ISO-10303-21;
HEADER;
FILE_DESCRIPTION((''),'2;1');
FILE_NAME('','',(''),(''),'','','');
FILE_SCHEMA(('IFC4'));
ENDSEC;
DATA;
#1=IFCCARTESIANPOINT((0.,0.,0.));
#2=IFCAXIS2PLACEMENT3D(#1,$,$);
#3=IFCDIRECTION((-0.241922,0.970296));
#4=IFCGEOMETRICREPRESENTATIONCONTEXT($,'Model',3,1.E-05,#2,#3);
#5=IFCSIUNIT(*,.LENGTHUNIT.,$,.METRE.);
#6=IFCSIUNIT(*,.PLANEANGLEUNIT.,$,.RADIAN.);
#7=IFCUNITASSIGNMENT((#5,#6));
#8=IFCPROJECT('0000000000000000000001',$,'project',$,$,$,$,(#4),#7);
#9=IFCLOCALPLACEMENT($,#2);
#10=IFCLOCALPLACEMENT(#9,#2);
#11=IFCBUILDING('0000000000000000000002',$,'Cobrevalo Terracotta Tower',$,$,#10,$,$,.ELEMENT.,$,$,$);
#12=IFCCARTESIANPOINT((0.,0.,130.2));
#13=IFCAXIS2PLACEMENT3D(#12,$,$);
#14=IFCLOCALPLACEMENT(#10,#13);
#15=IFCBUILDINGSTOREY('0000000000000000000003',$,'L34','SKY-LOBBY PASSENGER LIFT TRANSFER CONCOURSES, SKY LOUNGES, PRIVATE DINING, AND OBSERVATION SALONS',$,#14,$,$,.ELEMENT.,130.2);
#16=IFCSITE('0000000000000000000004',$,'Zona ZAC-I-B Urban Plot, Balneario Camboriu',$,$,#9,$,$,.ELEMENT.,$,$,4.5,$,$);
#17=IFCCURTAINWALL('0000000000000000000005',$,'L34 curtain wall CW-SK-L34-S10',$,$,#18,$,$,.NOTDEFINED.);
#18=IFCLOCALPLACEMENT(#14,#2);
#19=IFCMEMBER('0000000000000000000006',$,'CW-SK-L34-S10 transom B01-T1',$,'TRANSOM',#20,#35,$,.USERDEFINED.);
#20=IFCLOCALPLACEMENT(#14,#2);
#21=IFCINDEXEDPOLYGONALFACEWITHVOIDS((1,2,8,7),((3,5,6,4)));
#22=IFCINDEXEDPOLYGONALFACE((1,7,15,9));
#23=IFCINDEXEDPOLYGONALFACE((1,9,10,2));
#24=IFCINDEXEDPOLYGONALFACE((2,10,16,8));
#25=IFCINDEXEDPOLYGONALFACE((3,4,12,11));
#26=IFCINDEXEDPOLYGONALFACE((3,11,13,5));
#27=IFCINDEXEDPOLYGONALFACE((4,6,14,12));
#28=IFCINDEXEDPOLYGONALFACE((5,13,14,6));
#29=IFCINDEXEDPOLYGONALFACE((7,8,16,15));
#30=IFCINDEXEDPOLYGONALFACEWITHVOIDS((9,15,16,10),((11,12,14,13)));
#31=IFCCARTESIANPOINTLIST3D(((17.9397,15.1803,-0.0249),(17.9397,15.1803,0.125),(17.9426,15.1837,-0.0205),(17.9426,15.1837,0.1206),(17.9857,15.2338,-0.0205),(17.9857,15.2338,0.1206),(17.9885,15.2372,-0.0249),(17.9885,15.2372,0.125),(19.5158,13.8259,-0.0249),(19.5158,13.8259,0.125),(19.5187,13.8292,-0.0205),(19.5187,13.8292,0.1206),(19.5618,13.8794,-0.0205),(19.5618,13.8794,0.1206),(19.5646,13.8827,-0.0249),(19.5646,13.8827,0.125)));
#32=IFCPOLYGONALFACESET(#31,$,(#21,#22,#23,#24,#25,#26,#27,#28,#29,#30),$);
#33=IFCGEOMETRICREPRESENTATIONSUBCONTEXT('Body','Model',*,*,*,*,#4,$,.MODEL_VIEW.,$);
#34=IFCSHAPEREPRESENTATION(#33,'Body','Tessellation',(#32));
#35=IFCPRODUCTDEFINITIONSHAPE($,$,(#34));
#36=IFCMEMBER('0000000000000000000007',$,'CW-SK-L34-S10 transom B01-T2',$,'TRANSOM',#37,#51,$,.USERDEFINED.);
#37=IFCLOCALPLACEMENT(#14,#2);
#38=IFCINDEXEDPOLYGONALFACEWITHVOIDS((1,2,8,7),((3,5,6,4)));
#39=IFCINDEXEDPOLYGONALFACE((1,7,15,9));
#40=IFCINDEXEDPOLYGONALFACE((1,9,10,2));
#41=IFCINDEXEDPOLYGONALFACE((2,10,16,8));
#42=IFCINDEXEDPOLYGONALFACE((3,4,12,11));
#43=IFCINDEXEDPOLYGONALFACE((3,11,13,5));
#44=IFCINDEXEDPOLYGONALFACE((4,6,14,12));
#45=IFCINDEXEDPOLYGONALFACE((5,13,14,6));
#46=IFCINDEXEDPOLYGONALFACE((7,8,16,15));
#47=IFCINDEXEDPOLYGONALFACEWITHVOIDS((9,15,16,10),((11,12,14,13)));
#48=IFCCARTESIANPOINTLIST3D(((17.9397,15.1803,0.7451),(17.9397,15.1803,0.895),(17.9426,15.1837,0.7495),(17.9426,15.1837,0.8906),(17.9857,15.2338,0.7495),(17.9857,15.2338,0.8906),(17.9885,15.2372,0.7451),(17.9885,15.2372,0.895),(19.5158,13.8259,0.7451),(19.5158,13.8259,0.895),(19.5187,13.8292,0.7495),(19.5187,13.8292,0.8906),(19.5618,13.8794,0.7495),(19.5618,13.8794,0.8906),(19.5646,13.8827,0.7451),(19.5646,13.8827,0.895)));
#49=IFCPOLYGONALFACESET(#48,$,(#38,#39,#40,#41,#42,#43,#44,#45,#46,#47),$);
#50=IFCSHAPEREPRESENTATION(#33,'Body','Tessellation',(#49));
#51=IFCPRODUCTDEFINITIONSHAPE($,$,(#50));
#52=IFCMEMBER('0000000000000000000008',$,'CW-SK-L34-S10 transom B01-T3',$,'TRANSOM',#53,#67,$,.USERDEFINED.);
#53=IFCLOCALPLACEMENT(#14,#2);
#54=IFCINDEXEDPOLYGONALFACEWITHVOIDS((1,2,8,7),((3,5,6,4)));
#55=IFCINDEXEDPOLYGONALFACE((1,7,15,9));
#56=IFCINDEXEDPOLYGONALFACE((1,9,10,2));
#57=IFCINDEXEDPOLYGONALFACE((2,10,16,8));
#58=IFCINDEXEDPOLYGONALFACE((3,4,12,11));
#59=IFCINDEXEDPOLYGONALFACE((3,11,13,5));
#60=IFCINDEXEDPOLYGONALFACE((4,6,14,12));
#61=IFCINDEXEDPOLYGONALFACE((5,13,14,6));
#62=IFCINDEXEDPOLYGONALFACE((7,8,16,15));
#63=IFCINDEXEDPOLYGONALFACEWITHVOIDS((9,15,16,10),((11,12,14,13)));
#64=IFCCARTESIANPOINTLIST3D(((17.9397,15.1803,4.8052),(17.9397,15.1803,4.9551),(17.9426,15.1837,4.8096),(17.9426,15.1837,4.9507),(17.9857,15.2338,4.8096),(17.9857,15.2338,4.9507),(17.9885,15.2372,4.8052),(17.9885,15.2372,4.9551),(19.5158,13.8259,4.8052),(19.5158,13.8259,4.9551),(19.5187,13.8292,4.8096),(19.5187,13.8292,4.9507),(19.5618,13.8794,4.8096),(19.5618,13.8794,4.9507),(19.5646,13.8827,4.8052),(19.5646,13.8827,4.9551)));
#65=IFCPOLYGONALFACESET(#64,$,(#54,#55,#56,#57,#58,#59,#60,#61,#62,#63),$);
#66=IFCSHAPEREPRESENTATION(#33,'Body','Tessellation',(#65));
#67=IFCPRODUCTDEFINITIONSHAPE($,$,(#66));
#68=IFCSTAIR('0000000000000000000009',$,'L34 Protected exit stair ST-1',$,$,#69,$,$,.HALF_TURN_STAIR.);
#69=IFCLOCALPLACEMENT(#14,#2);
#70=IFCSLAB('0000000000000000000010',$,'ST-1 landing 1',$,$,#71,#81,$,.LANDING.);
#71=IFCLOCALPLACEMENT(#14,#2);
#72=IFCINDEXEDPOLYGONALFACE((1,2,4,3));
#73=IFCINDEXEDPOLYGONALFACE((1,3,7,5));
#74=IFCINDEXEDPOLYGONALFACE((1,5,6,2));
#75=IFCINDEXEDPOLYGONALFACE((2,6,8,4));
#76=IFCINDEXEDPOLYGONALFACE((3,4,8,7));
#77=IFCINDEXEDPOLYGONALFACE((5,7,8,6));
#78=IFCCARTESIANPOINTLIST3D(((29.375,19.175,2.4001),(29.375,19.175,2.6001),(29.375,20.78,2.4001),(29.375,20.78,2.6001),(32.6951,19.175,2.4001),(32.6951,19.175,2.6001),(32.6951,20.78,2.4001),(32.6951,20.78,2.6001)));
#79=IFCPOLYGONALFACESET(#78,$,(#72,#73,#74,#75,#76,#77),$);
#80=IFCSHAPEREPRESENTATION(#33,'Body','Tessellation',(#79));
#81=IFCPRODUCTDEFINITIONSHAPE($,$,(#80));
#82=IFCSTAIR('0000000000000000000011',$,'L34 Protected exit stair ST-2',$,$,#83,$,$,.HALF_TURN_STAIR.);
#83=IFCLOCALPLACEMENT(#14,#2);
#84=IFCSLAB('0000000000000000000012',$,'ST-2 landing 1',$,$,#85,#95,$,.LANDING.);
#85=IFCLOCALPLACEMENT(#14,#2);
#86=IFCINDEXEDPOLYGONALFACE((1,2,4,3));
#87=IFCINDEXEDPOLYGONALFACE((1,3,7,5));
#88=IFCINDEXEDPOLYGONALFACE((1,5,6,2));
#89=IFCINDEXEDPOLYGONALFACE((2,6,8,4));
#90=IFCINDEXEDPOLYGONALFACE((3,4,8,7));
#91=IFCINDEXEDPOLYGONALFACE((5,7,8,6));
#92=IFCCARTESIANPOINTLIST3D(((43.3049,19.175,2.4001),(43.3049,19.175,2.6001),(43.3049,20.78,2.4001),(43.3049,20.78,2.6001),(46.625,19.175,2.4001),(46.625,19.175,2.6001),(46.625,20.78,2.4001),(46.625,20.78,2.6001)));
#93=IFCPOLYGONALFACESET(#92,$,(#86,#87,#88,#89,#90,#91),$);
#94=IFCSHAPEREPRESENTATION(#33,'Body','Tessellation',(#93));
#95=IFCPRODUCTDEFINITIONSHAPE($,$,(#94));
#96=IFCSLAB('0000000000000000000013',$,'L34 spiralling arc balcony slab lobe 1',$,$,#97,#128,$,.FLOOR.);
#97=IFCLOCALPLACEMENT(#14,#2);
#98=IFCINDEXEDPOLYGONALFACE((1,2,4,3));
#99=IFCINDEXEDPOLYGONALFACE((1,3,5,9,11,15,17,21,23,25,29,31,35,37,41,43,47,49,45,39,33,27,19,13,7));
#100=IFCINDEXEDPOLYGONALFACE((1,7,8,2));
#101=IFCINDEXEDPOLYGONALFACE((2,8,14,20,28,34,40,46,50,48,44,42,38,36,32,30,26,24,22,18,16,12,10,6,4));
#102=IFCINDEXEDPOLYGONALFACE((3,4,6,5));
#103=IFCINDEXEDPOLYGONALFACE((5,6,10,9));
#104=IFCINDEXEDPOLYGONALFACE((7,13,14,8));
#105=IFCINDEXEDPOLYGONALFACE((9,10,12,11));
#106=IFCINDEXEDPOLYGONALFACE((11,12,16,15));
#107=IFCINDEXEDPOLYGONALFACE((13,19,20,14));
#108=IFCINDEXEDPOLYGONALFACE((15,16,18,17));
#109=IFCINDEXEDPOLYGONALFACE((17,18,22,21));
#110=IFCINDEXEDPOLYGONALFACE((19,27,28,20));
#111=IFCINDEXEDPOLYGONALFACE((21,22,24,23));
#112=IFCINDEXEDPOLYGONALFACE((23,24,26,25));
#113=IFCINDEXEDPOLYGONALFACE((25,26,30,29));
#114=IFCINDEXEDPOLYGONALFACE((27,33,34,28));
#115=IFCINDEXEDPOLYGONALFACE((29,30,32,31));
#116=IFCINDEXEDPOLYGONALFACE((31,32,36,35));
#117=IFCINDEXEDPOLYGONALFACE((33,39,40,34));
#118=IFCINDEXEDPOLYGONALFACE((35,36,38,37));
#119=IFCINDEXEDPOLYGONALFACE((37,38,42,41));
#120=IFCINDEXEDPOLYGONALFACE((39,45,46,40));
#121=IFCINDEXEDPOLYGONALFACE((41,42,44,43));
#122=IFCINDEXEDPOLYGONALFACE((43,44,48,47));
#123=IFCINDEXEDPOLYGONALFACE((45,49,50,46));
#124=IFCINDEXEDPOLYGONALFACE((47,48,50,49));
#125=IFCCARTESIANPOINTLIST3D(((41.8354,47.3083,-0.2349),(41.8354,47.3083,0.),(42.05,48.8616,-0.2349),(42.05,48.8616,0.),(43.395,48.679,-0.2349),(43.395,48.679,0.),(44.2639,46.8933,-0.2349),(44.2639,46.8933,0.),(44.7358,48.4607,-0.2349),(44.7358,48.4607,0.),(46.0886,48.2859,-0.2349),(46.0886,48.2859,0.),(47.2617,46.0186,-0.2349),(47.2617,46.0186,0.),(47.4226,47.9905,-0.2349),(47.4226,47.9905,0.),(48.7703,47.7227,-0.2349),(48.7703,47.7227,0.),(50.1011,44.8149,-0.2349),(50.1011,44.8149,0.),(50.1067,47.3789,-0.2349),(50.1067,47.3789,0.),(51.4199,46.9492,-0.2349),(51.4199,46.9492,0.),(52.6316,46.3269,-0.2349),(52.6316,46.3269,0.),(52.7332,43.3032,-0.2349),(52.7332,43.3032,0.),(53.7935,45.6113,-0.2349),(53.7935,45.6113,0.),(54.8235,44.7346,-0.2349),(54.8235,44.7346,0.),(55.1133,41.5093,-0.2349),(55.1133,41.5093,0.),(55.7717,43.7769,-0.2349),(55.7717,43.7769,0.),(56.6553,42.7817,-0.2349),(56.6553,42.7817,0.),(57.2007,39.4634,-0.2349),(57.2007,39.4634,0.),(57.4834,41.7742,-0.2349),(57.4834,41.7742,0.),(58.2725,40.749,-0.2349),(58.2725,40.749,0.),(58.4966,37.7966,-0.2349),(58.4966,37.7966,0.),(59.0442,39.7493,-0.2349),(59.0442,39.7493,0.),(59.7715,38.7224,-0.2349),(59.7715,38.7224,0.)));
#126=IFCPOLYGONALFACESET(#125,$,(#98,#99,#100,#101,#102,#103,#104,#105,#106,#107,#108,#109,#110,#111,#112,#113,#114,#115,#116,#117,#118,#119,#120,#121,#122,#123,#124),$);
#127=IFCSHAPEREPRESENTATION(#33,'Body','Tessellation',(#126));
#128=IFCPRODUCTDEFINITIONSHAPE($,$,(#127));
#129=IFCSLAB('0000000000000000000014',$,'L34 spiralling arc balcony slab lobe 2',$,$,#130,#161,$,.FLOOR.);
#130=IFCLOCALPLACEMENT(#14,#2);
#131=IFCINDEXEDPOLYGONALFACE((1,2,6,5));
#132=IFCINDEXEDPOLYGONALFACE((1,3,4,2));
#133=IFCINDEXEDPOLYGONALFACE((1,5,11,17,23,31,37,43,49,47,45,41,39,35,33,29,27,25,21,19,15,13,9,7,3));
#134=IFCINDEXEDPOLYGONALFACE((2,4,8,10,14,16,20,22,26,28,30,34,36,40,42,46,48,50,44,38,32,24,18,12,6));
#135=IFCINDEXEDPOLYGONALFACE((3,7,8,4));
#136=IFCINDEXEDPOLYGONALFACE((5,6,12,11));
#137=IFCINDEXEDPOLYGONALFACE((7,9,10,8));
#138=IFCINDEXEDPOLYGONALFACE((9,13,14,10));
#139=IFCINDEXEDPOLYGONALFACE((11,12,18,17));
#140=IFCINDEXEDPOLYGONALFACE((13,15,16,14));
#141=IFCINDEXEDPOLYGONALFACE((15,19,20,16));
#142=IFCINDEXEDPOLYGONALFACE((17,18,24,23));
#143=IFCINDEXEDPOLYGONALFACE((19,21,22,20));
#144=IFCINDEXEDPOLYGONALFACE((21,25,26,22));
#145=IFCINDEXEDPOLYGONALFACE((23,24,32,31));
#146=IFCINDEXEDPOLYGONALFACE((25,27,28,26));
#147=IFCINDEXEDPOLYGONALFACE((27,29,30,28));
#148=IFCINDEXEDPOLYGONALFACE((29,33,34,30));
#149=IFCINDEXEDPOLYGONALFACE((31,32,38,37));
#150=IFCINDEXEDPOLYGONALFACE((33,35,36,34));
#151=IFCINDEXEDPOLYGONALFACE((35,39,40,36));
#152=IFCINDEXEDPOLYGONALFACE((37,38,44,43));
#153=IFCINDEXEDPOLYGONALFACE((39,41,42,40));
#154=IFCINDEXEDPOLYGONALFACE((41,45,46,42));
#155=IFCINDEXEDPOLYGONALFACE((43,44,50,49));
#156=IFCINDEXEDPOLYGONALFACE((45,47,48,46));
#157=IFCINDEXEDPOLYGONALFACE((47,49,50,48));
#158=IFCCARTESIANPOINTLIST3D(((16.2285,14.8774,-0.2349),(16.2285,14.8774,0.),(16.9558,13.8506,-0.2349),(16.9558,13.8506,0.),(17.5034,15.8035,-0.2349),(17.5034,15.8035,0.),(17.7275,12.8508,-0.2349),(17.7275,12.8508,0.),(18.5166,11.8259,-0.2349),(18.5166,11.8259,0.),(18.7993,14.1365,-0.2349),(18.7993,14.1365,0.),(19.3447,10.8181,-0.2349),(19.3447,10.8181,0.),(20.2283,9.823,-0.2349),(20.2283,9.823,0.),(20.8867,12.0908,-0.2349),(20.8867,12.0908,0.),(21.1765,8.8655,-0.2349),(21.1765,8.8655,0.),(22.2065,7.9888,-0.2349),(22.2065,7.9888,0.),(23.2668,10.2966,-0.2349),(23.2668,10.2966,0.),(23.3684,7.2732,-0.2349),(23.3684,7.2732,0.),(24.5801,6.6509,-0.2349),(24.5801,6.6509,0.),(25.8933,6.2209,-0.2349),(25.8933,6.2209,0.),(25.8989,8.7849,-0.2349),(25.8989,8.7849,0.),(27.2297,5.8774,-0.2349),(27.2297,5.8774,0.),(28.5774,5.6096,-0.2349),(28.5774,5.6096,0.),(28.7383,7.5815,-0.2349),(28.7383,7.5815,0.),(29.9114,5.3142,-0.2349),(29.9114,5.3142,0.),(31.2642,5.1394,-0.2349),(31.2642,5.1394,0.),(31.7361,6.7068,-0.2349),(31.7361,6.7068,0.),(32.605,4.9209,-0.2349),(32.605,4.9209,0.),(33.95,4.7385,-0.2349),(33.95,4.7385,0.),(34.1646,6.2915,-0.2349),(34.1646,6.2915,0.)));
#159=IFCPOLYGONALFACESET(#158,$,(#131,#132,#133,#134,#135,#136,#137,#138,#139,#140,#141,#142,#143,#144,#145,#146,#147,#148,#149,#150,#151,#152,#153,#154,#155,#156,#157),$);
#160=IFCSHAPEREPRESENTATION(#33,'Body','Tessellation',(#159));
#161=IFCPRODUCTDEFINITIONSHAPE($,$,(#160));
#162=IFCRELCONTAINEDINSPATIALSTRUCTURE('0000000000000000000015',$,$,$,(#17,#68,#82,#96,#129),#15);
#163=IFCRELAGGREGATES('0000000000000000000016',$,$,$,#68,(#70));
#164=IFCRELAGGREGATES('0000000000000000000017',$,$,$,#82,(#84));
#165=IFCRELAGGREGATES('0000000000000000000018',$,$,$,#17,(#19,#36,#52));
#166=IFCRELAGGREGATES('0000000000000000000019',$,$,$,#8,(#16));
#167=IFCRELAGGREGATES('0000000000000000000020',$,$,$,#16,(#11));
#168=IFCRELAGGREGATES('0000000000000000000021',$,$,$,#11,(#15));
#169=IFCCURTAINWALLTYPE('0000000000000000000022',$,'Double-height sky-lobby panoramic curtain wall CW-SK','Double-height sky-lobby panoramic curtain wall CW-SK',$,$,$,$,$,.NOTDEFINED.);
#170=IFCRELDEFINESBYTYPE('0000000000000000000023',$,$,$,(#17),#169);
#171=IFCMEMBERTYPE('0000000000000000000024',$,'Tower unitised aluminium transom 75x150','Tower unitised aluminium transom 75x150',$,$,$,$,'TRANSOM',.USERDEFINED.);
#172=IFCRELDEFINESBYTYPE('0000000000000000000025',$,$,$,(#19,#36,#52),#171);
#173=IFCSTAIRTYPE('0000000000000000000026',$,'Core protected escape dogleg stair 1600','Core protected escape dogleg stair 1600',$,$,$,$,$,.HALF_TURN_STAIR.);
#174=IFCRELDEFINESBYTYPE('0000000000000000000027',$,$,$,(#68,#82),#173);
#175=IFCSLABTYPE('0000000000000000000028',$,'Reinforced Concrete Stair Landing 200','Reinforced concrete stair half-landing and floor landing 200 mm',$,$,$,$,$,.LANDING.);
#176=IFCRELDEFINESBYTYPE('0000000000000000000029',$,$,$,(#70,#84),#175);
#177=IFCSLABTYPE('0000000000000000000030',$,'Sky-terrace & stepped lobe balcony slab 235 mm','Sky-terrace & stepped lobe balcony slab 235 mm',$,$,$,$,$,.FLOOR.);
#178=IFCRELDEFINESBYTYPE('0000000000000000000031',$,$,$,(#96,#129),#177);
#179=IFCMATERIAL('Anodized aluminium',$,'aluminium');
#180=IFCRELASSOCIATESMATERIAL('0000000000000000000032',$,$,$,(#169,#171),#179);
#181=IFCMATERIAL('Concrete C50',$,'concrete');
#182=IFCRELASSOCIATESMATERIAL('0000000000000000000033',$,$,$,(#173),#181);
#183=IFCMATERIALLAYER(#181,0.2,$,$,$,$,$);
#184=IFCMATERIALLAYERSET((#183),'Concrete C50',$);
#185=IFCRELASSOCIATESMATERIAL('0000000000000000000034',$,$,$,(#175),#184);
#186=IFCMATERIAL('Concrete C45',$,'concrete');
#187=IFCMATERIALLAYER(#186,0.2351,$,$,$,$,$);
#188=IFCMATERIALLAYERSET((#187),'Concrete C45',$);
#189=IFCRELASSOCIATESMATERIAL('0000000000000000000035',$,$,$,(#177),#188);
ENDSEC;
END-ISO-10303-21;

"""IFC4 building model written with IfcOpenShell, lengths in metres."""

from ifc_helpers import new_model, si_unit, direction, frame, origin, origin_2d, place, context, subcontext, project, spatial, polyline, hollow_rectangle, outline, extrude, source, transform, mapped, material, layer, layer_set, material_profile, profile_set, type_object, element, aggregate, save


model = new_model("IFC4")

# Units and contexts
model_context = context("Model", 3, precision=1e-05, world=origin(), true_north=direction((-0.241922, 0.970296)))
body_context = subcontext(model_context, "Body", "Model", "MODEL_VIEW")
ifc_project = project(units=[si_unit("LENGTHUNIT", "METRE"), si_unit("PLANEANGLEUNIT", "RADIAN")], contexts=[model_context])

# Site, building, storey
site_placement = place(None, origin())
site = spatial("IfcSite", under=ifc_project, at=site_placement, Name="Zona ZAC-I-B Urban Plot, Balneario Camboriu", CompositionType="ELEMENT", RefElevation=4.5)
building_placement = place(site_placement, origin())
building = spatial("IfcBuilding", under=site, at=building_placement, Name="Cobrevalo Terracotta Tower", CompositionType="ELEMENT")
storey_placement = place(building_placement, frame((0.0, 0.0, 130.2)))
storey = spatial("IfcBuildingStorey", under=building, at=storey_placement, Name="L34", Description="SKY-LOBBY PASSENGER LIFT TRANSFER CONCOURSES, SKY LOUNGES, PRIVATE DINING, AND OBSERVATION SALONS", CompositionType="ELEMENT", Elevation=130.2)

# Shared definitions
ifc_material_1 = material(Name="Anodized aluminium", Category="aluminium")
curtain_wall_type = type_object("IfcCurtainWallType", Name="Double-height sky-lobby panoramic curtain wall CW-SK", Description="Double-height sky-lobby panoramic curtain wall CW-SK", PredefinedType="NOTDEFINED", material=ifc_material_1)

# Curtain wall, members
curtain_wall_1_placement = place(storey_placement, origin())
curtain_wall_1 = element("IfcCurtainWall", 1, at=curtain_wall_1_placement, inside=storey, type_object=curtain_wall_type, Name="L34 curtain wall CW-SK-L34-S10", PredefinedType="NOTDEFINED")
ifc_material_profile_1 = material_profile(ifc_material_1, hollow_rectangle(XDim=0.075, YDim=0.1499, WallThickness=0.0044, at=origin_2d()), Name="CWT 75x150")
ifc_profile_set_1 = profile_set([ifc_material_profile_1], Name="Anodized aluminium")
member_type_1 = type_object("IfcMemberType", Name="Tower unitised aluminium transom 75x150", Description="Tower unitised aluminium transom 75x150", ElementType="TRANSOM", PredefinedType="USERDEFINED", material=ifc_profile_set_1)
shared_shape_1 = source(origin(), body_context, "Body", "SweptSolid", [
    extrude(hollow_rectangle(XDim=0.075, YDim=0.1499, WallThickness=0.0044, at=origin_2d()), origin(), (0.0, 0.0, 1.0), 2.0781),
])
member_1_placement = place(storey_placement, frame((17.9641, 15.2087, 0.05), z_axis=(0.758427, -0.651758, 0.0), x_axis=(0.651758, 0.758427, 0.0)))
member_1 = element("IfcMember", 2, at=member_1_placement, type_object=member_type_1, Name="CW-SK-L34-S10 transom B01-T1", ObjectType="TRANSOM", PredefinedType="USERDEFINED", context=body_context, shape_type="MappedRepresentation", body=[
    mapped(shared_shape_1, transform((0.0, 0.0, 0.0), scale=1.0)),
])
member_2_placement = place(storey_placement, frame((17.9641, 15.2087, 0.8201), z_axis=(0.758427, -0.651758, 0.0), x_axis=(0.651758, 0.758427, 0.0)))
member_2 = element("IfcMember", 3, at=member_2_placement, type_object=member_type_1, Name="CW-SK-L34-S10 transom B01-T2", ObjectType="TRANSOM", PredefinedType="USERDEFINED", context=body_context, shape_type="MappedRepresentation", body=[
    mapped(shared_shape_1, transform((0.0, 0.0, 0.0), scale=1.0)),
])
member_3_placement = place(storey_placement, frame((17.9641, 15.2087, 4.8801), z_axis=(0.758427, -0.651758, 0.0), x_axis=(0.651758, 0.758427, 0.0)))
member_3 = element("IfcMember", 4, at=member_3_placement, type_object=member_type_1, Name="CW-SK-L34-S10 transom B01-T3", ObjectType="TRANSOM", PredefinedType="USERDEFINED", context=body_context, shape_type="MappedRepresentation", body=[
    mapped(shared_shape_1, transform((0.0, 0.0, 0.0), scale=1.0)),
])

# Stairs, slabs
ifc_material_2 = material(Name="Concrete C50", Category="concrete")
stair_type = type_object("IfcStairType", Name="Core protected escape dogleg stair 1600", Description="Core protected escape dogleg stair 1600", PredefinedType="HALF_TURN_STAIR", material=ifc_material_2)
stair_1_placement = place(storey_placement, origin())
stair_1 = element("IfcStair", 5, at=stair_1_placement, inside=storey, type_object=stair_type, Name="L34 Protected exit stair ST-1", PredefinedType="HALF_TURN_STAIR")
ifc_layer_1 = layer(ifc_material_2, 0.2)
ifc_layer_set_1 = layer_set([ifc_layer_1], Name="Concrete C50")
slab_type_1 = type_object("IfcSlabType", Name="Reinforced Concrete Stair Landing 200", Description="Reinforced concrete stair half-landing and floor landing 200 mm", PredefinedType="LANDING", material=ifc_layer_set_1)
slab_1_placement = place(storey_placement, frame((0.0, 0.0, 2.4001)))
slab_1 = element("IfcSlab", 6, at=slab_1_placement, type_object=slab_type_1, Name="ST-1 landing 1", PredefinedType="LANDING", context=body_context, shape_type="SweptSolid", body=[
    extrude(outline(polyline([(29.375, 20.78), (29.375, 19.175), (32.6951, 19.175), (32.6951, 20.78), (29.375, 20.78)])), origin(), (0.0, 0.0, 1.0), 0.2),
])
aggregate(stair_1, [slab_1])
stair_2_placement = place(storey_placement, origin())
stair_2 = element("IfcStair", 7, at=stair_2_placement, inside=storey, type_object=stair_type, Name="L34 Protected exit stair ST-2", PredefinedType="HALF_TURN_STAIR")
slab_2_placement = place(storey_placement, frame((0.0, 0.0, 2.4001)))
slab_2 = element("IfcSlab", 8, at=slab_2_placement, type_object=slab_type_1, Name="ST-2 landing 1", PredefinedType="LANDING", context=body_context, shape_type="SweptSolid", body=[
    extrude(outline(polyline([(43.3049, 20.78), (43.3049, 19.175), (46.625, 19.175), (46.625, 20.78), (43.3049, 20.78)])), origin(), (0.0, 0.0, 1.0), 0.2),
])
aggregate(stair_2, [slab_2])

# Slabs
ifc_material_3 = material(Name="Concrete C45", Category="concrete")
ifc_layer_2 = layer(ifc_material_3, 0.2351)
ifc_layer_set_2 = layer_set([ifc_layer_2], Name="Concrete C45")
slab_type_2 = type_object("IfcSlabType", Name="Sky-terrace & stepped lobe balcony slab 235 mm", Description="Sky-terrace & stepped lobe balcony slab 235 mm", PredefinedType="FLOOR", material=ifc_layer_set_2)
slab_3_placement = place(storey_placement, frame((0.0, 0.0, -0.2349)))
element("IfcSlab", 9, at=slab_3_placement, inside=storey, type_object=slab_type_2, Name="L34 spiralling arc balcony slab lobe 1", PredefinedType="FLOOR", context=body_context, shape_type="SweptSolid", body=[
    extrude(outline(polyline([(59.7715, 38.7224), (59.0442, 39.7493), (58.2725, 40.749), (57.4834, 41.7742), (56.6553, 42.7817), (55.7717, 43.7769), (54.8235, 44.7346), (53.7935, 45.6113), (52.6316, 46.3269), (51.4199, 46.9492), (50.1067, 47.3789), (48.7703, 47.7227), (47.4226, 47.9905), (46.0886, 48.2859), (44.7358, 48.4607), (43.395, 48.679), (42.05, 48.8616), (41.8354, 47.3083), (44.2639, 46.8933), (47.2617, 46.0186), (50.1011, 44.8149), (52.7332, 43.3032), (55.1133, 41.5093), (57.2007, 39.4634), (58.4966, 37.7966), (59.7715, 38.7224)])), origin(), (0.0, 0.0, 1.0), 0.2349),
])
slab_4_placement = place(storey_placement, frame((0.0, 0.0, -0.2349)))
element("IfcSlab", 10, at=slab_4_placement, inside=storey, type_object=slab_type_2, Name="L34 spiralling arc balcony slab lobe 2", PredefinedType="FLOOR", context=body_context, shape_type="SweptSolid", body=[
    extrude(outline(polyline([(16.2285, 14.8774), (16.9558, 13.8506), (17.7275, 12.8508), (18.5166, 11.8259), (19.3447, 10.8181), (20.2283, 9.823), (21.1765, 8.8655), (22.2065, 7.9888), (23.3684, 7.2732), (24.5801, 6.6509), (25.8933, 6.2209), (27.2297, 5.8774), (28.5774, 5.6096), (29.9114, 5.3142), (31.2642, 5.1394), (32.605, 4.9209), (33.95, 4.7385), (34.1646, 6.2915), (31.7361, 6.7068), (28.7383, 7.5815), (25.8989, 8.7849), (23.2668, 10.2966), (20.8867, 12.0908), (18.7993, 14.1365), (17.5034, 15.8035), (16.2285, 14.8774)])), origin(), (0.0, 0.0, 1.0), 0.2349),
])

aggregate(curtain_wall_1, [member_1, member_2, member_3])

save(model, "model.ifc")
